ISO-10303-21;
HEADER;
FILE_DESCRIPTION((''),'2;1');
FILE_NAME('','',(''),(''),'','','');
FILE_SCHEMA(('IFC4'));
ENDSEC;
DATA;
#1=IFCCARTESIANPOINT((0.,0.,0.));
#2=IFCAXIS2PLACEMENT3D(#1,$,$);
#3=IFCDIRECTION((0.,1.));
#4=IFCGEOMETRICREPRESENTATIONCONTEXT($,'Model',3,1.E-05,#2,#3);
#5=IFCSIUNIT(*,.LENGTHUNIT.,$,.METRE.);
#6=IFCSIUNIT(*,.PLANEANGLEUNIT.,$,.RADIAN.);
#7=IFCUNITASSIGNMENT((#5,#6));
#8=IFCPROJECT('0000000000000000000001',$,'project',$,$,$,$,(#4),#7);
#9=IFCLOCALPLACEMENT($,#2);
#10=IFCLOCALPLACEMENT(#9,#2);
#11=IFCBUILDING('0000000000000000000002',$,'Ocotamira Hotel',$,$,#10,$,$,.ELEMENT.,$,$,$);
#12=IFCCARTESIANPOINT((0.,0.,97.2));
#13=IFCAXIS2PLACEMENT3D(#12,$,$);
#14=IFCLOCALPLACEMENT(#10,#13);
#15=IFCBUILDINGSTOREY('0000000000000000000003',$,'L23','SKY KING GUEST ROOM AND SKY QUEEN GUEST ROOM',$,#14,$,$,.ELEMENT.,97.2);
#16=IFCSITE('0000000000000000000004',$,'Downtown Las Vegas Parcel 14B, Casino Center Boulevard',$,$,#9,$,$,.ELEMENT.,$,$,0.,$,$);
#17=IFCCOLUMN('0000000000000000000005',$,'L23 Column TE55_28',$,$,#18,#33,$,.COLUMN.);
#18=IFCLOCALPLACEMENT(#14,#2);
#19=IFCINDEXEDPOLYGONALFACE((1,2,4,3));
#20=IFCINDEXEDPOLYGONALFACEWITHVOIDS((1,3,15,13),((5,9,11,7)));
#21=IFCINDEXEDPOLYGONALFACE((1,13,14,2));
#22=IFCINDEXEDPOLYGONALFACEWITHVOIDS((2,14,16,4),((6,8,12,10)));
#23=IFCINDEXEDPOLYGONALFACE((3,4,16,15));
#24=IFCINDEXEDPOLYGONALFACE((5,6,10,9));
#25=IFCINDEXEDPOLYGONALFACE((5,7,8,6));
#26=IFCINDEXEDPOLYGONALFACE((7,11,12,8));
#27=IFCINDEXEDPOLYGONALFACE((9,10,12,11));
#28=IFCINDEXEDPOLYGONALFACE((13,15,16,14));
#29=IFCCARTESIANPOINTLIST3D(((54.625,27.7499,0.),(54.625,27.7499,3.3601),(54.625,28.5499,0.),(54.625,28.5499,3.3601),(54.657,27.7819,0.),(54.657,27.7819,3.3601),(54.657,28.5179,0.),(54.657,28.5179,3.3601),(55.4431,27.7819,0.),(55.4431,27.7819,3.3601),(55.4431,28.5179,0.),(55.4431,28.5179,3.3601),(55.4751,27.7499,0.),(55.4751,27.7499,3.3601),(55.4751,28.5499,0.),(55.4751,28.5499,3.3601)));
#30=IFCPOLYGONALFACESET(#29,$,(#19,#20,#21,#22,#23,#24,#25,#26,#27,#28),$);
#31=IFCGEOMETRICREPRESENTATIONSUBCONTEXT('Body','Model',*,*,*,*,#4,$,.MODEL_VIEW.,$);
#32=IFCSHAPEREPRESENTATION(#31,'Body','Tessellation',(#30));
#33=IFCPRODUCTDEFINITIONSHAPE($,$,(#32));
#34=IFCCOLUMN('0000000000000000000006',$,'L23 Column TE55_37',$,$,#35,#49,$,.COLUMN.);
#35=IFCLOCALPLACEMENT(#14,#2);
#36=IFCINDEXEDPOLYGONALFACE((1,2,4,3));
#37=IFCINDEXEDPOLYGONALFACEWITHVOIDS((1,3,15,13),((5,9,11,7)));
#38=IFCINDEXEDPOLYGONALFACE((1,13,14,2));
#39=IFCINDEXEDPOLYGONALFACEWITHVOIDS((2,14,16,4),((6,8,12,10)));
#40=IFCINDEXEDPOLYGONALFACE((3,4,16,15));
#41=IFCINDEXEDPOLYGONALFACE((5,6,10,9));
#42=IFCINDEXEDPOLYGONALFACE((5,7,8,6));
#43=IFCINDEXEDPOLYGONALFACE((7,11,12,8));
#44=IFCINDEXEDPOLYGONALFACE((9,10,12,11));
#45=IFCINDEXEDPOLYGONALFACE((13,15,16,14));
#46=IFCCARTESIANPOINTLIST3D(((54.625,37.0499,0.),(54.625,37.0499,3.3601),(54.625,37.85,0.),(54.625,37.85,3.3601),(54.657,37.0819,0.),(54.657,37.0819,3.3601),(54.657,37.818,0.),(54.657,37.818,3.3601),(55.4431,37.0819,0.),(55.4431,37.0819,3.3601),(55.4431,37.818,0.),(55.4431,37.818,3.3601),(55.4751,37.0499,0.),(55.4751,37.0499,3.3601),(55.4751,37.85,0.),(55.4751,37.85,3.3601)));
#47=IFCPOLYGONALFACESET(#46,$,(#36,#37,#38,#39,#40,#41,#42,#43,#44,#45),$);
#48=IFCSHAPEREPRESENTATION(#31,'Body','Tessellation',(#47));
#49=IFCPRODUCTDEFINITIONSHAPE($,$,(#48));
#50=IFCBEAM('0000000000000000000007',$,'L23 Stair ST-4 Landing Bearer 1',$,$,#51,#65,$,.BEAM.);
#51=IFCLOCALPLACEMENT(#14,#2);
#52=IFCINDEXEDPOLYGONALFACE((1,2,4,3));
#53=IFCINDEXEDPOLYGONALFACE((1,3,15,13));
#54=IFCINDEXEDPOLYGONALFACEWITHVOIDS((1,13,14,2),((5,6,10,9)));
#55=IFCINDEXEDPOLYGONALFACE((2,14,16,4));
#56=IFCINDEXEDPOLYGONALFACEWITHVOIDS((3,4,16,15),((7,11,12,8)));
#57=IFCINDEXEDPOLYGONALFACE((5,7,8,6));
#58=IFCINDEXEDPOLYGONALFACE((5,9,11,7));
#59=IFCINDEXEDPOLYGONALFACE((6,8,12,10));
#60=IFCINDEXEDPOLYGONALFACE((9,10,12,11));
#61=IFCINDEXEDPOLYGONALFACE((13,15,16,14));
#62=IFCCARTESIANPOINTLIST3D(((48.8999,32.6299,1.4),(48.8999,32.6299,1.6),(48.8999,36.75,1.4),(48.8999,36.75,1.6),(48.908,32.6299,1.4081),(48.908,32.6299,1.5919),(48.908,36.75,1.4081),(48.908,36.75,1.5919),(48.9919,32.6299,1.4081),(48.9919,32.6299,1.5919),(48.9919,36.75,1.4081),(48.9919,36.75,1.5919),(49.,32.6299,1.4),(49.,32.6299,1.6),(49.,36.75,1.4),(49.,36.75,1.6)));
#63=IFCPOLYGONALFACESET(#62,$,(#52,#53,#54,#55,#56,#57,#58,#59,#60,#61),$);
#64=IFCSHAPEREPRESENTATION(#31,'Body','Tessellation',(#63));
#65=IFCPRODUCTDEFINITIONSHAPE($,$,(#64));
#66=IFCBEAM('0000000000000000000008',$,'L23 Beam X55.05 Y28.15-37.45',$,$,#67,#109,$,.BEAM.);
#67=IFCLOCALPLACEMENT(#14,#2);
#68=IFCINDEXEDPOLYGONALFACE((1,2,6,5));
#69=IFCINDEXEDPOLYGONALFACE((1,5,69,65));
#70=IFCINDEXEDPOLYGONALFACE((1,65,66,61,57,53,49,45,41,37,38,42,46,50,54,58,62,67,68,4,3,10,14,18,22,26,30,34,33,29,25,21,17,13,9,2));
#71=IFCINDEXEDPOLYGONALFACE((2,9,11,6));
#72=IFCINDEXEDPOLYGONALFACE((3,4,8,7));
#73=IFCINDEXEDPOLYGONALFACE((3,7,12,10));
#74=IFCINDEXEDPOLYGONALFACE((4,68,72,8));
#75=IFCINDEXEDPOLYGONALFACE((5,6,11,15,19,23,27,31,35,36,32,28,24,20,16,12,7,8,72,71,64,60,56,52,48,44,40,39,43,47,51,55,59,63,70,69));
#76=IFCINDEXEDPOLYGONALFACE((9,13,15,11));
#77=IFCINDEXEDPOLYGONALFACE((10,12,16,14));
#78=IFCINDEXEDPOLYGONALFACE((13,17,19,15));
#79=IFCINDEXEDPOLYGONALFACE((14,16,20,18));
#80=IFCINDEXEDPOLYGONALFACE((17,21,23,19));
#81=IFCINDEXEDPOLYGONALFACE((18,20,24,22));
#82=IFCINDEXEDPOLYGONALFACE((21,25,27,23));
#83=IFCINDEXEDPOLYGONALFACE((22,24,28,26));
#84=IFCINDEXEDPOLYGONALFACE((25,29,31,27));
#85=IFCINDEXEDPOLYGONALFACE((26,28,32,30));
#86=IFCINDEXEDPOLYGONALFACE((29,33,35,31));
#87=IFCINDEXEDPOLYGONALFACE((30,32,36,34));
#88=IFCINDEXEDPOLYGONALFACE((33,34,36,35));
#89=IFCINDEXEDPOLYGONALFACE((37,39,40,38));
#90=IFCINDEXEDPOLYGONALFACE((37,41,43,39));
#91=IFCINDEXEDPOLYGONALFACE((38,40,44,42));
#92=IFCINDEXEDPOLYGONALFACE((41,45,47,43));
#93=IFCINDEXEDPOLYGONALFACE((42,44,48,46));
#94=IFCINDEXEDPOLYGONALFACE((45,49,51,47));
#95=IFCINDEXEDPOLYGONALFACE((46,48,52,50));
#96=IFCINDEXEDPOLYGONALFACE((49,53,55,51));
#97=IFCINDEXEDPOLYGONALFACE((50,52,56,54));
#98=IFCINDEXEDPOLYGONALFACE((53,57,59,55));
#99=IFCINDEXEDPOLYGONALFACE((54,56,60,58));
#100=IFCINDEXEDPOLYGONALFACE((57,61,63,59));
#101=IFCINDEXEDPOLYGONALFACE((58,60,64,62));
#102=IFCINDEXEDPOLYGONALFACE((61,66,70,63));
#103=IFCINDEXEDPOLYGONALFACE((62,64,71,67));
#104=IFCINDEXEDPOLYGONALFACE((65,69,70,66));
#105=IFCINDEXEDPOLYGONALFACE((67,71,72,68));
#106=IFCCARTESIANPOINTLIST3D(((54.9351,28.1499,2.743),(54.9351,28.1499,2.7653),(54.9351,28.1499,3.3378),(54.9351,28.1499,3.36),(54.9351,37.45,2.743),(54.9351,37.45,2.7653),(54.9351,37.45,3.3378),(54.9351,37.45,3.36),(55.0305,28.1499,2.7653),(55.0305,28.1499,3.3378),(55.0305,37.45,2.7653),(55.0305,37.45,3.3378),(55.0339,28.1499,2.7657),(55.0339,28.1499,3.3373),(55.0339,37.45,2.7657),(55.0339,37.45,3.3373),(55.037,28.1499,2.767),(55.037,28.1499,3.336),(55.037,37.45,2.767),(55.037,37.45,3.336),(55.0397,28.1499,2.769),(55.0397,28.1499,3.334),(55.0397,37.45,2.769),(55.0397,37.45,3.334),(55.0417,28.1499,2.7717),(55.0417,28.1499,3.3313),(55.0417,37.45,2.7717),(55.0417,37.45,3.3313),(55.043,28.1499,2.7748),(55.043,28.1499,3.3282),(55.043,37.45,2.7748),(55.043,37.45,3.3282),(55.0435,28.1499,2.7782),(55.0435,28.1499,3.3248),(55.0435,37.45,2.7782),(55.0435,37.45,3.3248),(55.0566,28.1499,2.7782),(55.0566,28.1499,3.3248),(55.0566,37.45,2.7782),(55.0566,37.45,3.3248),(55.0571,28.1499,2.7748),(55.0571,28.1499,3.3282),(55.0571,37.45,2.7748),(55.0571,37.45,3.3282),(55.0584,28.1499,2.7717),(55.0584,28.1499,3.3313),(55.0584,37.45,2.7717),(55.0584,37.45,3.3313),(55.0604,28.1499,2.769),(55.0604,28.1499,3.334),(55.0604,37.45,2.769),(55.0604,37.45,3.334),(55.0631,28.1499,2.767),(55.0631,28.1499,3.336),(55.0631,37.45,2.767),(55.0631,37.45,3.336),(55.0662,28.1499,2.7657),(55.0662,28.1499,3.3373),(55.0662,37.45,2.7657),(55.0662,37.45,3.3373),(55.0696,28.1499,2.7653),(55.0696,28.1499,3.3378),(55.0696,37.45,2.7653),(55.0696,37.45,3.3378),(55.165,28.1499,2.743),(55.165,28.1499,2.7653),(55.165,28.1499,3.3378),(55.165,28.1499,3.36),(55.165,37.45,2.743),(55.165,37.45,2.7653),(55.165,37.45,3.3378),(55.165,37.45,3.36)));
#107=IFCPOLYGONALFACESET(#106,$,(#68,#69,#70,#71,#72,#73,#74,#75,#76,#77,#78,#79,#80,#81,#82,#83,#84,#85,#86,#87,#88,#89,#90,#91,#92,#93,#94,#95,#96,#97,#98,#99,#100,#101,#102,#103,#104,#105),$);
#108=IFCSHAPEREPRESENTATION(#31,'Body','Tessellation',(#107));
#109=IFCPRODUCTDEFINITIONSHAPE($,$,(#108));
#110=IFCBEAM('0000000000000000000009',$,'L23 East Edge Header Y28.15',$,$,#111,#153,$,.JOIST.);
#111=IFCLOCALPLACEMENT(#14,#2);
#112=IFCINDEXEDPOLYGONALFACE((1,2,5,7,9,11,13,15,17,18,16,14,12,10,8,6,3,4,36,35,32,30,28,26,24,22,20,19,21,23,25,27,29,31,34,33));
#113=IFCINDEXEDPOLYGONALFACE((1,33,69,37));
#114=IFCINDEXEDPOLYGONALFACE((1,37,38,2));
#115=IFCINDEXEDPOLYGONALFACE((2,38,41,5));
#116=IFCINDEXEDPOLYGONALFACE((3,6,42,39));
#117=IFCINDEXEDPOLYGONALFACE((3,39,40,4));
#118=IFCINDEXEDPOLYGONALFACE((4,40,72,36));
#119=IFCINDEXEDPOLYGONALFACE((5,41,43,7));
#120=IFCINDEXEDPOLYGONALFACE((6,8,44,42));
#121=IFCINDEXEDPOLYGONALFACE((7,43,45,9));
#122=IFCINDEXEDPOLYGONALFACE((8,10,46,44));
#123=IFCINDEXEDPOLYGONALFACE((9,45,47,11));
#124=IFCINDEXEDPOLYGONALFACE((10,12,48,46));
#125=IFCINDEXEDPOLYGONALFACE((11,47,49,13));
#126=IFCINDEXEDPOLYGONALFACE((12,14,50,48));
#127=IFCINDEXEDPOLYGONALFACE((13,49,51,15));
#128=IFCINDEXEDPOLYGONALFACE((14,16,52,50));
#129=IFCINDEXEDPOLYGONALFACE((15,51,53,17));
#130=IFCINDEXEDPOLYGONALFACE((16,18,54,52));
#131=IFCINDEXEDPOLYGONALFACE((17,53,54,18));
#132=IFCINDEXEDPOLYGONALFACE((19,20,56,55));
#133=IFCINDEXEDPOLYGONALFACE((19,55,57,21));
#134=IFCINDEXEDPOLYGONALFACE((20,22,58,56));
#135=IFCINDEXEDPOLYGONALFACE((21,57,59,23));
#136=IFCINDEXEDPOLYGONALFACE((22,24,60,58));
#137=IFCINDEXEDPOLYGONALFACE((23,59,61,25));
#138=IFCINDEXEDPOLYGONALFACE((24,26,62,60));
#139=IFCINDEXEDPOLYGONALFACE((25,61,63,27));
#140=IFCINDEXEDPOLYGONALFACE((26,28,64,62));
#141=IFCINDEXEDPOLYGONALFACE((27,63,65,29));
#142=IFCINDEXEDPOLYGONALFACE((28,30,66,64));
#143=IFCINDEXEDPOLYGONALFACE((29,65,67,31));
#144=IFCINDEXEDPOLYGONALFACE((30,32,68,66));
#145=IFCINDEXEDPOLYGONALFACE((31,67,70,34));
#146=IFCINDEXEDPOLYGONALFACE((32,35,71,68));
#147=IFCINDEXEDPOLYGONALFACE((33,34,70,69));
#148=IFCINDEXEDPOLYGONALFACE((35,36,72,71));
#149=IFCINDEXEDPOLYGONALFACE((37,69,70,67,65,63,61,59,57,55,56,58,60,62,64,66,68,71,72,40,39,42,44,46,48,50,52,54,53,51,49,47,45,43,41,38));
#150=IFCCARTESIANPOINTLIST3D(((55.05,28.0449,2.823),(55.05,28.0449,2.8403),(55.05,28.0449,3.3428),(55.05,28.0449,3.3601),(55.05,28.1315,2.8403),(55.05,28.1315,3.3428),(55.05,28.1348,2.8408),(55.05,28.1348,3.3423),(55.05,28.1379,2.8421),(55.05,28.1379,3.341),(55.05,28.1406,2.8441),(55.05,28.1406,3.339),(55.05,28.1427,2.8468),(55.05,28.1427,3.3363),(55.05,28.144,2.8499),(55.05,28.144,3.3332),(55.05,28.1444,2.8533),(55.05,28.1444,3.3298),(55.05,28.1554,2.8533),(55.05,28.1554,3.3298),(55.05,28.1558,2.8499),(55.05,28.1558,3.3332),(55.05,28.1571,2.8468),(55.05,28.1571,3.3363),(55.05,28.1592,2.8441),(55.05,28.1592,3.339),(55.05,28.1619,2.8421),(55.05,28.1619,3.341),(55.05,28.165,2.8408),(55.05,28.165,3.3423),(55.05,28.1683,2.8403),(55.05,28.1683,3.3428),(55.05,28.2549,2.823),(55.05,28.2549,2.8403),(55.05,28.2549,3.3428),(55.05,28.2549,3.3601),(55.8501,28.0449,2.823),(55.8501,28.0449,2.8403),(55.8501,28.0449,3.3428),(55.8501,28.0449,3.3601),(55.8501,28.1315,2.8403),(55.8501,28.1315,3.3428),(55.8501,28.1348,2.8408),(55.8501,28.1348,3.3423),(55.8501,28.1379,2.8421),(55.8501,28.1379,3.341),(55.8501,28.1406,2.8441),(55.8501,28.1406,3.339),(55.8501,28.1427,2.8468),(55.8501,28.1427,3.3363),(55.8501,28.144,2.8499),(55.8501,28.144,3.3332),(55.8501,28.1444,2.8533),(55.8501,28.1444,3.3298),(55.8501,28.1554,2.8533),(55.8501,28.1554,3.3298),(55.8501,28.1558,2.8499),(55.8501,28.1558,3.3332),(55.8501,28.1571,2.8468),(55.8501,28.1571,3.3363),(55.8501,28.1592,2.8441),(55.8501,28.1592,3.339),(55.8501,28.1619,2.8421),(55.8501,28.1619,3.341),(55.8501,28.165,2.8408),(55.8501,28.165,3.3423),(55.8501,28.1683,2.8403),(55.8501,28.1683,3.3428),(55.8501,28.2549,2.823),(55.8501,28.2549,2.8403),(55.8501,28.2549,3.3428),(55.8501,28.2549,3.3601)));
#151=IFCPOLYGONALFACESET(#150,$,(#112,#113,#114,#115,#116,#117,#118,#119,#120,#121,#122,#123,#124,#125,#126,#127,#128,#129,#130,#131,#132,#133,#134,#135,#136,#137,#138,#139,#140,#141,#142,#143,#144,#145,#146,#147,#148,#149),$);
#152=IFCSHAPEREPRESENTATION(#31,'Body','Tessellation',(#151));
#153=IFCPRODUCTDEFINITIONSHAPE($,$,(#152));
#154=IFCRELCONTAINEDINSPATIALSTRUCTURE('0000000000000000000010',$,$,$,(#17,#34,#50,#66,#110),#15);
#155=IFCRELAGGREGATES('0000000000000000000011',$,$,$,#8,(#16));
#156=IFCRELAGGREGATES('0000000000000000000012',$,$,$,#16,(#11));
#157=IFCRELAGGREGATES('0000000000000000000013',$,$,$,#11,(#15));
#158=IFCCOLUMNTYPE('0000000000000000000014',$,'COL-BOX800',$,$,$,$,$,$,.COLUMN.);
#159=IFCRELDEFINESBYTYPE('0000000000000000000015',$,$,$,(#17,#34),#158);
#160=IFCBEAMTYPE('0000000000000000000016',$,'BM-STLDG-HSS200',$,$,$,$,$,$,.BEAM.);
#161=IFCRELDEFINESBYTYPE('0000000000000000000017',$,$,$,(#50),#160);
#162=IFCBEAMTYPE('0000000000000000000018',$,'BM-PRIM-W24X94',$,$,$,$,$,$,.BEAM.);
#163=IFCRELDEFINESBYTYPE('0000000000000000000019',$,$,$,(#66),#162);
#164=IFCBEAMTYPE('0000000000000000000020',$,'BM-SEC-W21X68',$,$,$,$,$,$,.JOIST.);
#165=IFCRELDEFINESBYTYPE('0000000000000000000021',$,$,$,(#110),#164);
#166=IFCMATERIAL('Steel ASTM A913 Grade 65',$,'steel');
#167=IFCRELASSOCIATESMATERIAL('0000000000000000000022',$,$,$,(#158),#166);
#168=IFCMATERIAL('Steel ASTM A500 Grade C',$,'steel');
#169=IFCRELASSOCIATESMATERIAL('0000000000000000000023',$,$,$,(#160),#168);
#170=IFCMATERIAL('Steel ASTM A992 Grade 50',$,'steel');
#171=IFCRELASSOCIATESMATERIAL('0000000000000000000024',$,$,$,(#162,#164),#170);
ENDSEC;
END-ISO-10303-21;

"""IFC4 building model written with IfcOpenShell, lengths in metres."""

from ifc_helpers import new_model, si_unit, direction, frame, origin, origin_2d, place, context, subcontext, project, spatial, hollow_rectangle, i_section, extrude, source, transform, mapped, material, material_profile, profile_set, type_object, element, save


model = new_model("IFC4")

# Units and contexts
model_context = context("Model", 3, precision=1e-05, world=origin(), true_north=direction((0.0, 1.0)))
body_context = subcontext(model_context, "Body", "Model", "MODEL_VIEW")
ifc_project = project(units=[si_unit("LENGTHUNIT", "METRE"), si_unit("PLANEANGLEUNIT", "RADIAN")], contexts=[model_context])

# Site, building, storey
site_placement = place(None, origin())
site = spatial("IfcSite", under=ifc_project, at=site_placement, Name="Downtown Las Vegas Parcel 14B, Casino Center Boulevard", CompositionType="ELEMENT", RefElevation=0.0)
building_placement = place(site_placement, origin())
building = spatial("IfcBuilding", under=site, at=building_placement, Name="Ocotamira Hotel", CompositionType="ELEMENT")
storey_placement = place(building_placement, frame((0.0, 0.0, 97.2)))
storey = spatial("IfcBuildingStorey", under=building, at=storey_placement, Name="L23", Description="SKY KING GUEST ROOM AND SKY QUEEN GUEST ROOM", CompositionType="ELEMENT", Elevation=97.2)

# Columns
ifc_material_1 = material(Name="Steel ASTM A913 Grade 65", Category="steel")
ifc_material_profile_1 = material_profile(ifc_material_1, hollow_rectangle(XDim=0.8501, YDim=0.8, WallThickness=0.032, at=origin_2d()), Name="BOX800X850X32")
ifc_profile_set_1 = profile_set([ifc_material_profile_1], Name="Steel ASTM A913 Grade 65")
column_type = type_object("IfcColumnType", Name="COL-BOX800", PredefinedType="COLUMN", material=ifc_profile_set_1)
shared_shape_1 = source(origin(), body_context, "Body", "SweptSolid", [
    extrude(hollow_rectangle(XDim=0.8501, YDim=0.8, WallThickness=0.032, at=origin_2d()), origin(), (0.0, 0.0, 1.0), 3.3601),
])
for number, where, z_axis, x_axis, name in (
    (1, (55.05, 28.1499, 0.0), (0.0, 0.0, 1.0), (1.0, 0.0, 0.0), "L23 Column TE55_28"),
    (2, (55.05, 37.45, 0.0), (0.0, 0.0, 1.0), (1.0, 0.0, 0.0), "L23 Column TE55_37"),
):
    element("IfcColumn", number, at=place(storey_placement, frame(where, z_axis=z_axis, x_axis=x_axis)), inside=storey, type_object=column_type, Name=name, PredefinedType="COLUMN", context=body_context, shape_type="MappedRepresentation", body=[
        mapped(shared_shape_1, transform((0.0, 0.0, 0.0), scale=1.0)),
    ])

# Beams
ifc_material_2 = material(Name="Steel ASTM A500 Grade C", Category="steel")
ifc_material_profile_2 = material_profile(ifc_material_2, hollow_rectangle(XDim=0.1001, YDim=0.2, WallThickness=0.0081, at=origin_2d()), Name="HSS200X100X8")
ifc_profile_set_2 = profile_set([ifc_material_profile_2], Name="Steel ASTM A500 Grade C")
beam_type_1 = type_object("IfcBeamType", Name="BM-STLDG-HSS200", PredefinedType="BEAM", material=ifc_profile_set_2)
shared_shape_2 = source(origin(), body_context, "Body", "SweptSolid", [
    extrude(hollow_rectangle(XDim=0.1001, YDim=0.2, WallThickness=0.0081, at=origin_2d()), origin(), (0.0, 0.0, 1.0), 4.1201),
])
beam_1_placement = place(storey_placement, frame((48.95, 32.6299, 1.5), z_axis=(0.0, 1.0, 0.0), x_axis=(-1.0, 0.0, 0.0)))
element("IfcBeam", 3, at=beam_1_placement, inside=storey, type_object=beam_type_1, Name="L23 Stair ST-4 Landing Bearer 1", PredefinedType="BEAM", context=body_context, shape_type="MappedRepresentation", body=[
    mapped(shared_shape_2, transform((0.0, 0.0, 0.0), scale=1.0)),
])
ifc_material_3 = material(Name="Steel ASTM A992 Grade 50", Category="steel")
ifc_material_profile_3 = material_profile(ifc_material_3, i_section(OverallWidth=0.23, OverallDepth=0.6169, WebThickness=0.0132, FlangeThickness=0.0222, FilletRadius=0.0129, at=origin_2d()), Name="W24X94")
ifc_profile_set_3 = profile_set([ifc_material_profile_3], Name="Steel ASTM A992 Grade 50")
beam_type_2 = type_object("IfcBeamType", Name="BM-PRIM-W24X94", PredefinedType="BEAM", material=ifc_profile_set_3)
shared_shape_3 = source(origin(), body_context, "Body", "SweptSolid", [
    extrude(i_section(OverallWidth=0.23, OverallDepth=0.6169, WebThickness=0.0132, FlangeThickness=0.0222, FilletRadius=0.0129, at=origin_2d()), origin(), (0.0, 0.0, 1.0), 9.3),
])
beam_2_placement = place(storey_placement, frame((55.05, 28.1499, 3.0515), z_axis=(0.0, 1.0, 0.0), x_axis=(-1.0, 0.0, 0.0)))
element("IfcBeam", 4, at=beam_2_placement, inside=storey, type_object=beam_type_2, Name="L23 Beam X55.05 Y28.15-37.45", PredefinedType="BEAM", context=body_context, shape_type="MappedRepresentation", body=[
    mapped(shared_shape_3, transform((0.0, 0.0, 0.0), scale=1.0)),
])
ifc_material_profile_4 = material_profile(ifc_material_3, i_section(OverallWidth=0.21, OverallDepth=0.5371, WebThickness=0.011, FlangeThickness=0.0173, FilletRadius=0.0129, at=origin_2d()), Name="W21X68")
ifc_profile_set_4 = profile_set([ifc_material_profile_4], Name="Steel ASTM A992 Grade 50")
beam_type_3 = type_object("IfcBeamType", Name="BM-SEC-W21X68", PredefinedType="JOIST", material=ifc_profile_set_4)
shared_shape_4 = source(origin(), body_context, "Body", "SweptSolid", [
    extrude(i_section(OverallWidth=0.21, OverallDepth=0.5371, WebThickness=0.011, FlangeThickness=0.0173, FilletRadius=0.0129, at=origin_2d()), origin(), (0.0, 0.0, 1.0), 0.8),
])
for number, where, z_axis, x_axis, name in (
    (5, (55.05, 28.1499, 3.0916), (1.0, 0.0, 0.0), (0.0, 1.0, 0.0), "L23 East Edge Header Y28.15"),
):
    element("IfcBeam", number, at=place(storey_placement, frame(where, z_axis=z_axis, x_axis=x_axis)), inside=storey, type_object=beam_type_3, Name=name, PredefinedType="JOIST", context=body_context, shape_type="MappedRepresentation", body=[
        mapped(shared_shape_4, transform((0.0, 0.0, 0.0), scale=1.0)),
    ])

save(model, "model.ifc")
